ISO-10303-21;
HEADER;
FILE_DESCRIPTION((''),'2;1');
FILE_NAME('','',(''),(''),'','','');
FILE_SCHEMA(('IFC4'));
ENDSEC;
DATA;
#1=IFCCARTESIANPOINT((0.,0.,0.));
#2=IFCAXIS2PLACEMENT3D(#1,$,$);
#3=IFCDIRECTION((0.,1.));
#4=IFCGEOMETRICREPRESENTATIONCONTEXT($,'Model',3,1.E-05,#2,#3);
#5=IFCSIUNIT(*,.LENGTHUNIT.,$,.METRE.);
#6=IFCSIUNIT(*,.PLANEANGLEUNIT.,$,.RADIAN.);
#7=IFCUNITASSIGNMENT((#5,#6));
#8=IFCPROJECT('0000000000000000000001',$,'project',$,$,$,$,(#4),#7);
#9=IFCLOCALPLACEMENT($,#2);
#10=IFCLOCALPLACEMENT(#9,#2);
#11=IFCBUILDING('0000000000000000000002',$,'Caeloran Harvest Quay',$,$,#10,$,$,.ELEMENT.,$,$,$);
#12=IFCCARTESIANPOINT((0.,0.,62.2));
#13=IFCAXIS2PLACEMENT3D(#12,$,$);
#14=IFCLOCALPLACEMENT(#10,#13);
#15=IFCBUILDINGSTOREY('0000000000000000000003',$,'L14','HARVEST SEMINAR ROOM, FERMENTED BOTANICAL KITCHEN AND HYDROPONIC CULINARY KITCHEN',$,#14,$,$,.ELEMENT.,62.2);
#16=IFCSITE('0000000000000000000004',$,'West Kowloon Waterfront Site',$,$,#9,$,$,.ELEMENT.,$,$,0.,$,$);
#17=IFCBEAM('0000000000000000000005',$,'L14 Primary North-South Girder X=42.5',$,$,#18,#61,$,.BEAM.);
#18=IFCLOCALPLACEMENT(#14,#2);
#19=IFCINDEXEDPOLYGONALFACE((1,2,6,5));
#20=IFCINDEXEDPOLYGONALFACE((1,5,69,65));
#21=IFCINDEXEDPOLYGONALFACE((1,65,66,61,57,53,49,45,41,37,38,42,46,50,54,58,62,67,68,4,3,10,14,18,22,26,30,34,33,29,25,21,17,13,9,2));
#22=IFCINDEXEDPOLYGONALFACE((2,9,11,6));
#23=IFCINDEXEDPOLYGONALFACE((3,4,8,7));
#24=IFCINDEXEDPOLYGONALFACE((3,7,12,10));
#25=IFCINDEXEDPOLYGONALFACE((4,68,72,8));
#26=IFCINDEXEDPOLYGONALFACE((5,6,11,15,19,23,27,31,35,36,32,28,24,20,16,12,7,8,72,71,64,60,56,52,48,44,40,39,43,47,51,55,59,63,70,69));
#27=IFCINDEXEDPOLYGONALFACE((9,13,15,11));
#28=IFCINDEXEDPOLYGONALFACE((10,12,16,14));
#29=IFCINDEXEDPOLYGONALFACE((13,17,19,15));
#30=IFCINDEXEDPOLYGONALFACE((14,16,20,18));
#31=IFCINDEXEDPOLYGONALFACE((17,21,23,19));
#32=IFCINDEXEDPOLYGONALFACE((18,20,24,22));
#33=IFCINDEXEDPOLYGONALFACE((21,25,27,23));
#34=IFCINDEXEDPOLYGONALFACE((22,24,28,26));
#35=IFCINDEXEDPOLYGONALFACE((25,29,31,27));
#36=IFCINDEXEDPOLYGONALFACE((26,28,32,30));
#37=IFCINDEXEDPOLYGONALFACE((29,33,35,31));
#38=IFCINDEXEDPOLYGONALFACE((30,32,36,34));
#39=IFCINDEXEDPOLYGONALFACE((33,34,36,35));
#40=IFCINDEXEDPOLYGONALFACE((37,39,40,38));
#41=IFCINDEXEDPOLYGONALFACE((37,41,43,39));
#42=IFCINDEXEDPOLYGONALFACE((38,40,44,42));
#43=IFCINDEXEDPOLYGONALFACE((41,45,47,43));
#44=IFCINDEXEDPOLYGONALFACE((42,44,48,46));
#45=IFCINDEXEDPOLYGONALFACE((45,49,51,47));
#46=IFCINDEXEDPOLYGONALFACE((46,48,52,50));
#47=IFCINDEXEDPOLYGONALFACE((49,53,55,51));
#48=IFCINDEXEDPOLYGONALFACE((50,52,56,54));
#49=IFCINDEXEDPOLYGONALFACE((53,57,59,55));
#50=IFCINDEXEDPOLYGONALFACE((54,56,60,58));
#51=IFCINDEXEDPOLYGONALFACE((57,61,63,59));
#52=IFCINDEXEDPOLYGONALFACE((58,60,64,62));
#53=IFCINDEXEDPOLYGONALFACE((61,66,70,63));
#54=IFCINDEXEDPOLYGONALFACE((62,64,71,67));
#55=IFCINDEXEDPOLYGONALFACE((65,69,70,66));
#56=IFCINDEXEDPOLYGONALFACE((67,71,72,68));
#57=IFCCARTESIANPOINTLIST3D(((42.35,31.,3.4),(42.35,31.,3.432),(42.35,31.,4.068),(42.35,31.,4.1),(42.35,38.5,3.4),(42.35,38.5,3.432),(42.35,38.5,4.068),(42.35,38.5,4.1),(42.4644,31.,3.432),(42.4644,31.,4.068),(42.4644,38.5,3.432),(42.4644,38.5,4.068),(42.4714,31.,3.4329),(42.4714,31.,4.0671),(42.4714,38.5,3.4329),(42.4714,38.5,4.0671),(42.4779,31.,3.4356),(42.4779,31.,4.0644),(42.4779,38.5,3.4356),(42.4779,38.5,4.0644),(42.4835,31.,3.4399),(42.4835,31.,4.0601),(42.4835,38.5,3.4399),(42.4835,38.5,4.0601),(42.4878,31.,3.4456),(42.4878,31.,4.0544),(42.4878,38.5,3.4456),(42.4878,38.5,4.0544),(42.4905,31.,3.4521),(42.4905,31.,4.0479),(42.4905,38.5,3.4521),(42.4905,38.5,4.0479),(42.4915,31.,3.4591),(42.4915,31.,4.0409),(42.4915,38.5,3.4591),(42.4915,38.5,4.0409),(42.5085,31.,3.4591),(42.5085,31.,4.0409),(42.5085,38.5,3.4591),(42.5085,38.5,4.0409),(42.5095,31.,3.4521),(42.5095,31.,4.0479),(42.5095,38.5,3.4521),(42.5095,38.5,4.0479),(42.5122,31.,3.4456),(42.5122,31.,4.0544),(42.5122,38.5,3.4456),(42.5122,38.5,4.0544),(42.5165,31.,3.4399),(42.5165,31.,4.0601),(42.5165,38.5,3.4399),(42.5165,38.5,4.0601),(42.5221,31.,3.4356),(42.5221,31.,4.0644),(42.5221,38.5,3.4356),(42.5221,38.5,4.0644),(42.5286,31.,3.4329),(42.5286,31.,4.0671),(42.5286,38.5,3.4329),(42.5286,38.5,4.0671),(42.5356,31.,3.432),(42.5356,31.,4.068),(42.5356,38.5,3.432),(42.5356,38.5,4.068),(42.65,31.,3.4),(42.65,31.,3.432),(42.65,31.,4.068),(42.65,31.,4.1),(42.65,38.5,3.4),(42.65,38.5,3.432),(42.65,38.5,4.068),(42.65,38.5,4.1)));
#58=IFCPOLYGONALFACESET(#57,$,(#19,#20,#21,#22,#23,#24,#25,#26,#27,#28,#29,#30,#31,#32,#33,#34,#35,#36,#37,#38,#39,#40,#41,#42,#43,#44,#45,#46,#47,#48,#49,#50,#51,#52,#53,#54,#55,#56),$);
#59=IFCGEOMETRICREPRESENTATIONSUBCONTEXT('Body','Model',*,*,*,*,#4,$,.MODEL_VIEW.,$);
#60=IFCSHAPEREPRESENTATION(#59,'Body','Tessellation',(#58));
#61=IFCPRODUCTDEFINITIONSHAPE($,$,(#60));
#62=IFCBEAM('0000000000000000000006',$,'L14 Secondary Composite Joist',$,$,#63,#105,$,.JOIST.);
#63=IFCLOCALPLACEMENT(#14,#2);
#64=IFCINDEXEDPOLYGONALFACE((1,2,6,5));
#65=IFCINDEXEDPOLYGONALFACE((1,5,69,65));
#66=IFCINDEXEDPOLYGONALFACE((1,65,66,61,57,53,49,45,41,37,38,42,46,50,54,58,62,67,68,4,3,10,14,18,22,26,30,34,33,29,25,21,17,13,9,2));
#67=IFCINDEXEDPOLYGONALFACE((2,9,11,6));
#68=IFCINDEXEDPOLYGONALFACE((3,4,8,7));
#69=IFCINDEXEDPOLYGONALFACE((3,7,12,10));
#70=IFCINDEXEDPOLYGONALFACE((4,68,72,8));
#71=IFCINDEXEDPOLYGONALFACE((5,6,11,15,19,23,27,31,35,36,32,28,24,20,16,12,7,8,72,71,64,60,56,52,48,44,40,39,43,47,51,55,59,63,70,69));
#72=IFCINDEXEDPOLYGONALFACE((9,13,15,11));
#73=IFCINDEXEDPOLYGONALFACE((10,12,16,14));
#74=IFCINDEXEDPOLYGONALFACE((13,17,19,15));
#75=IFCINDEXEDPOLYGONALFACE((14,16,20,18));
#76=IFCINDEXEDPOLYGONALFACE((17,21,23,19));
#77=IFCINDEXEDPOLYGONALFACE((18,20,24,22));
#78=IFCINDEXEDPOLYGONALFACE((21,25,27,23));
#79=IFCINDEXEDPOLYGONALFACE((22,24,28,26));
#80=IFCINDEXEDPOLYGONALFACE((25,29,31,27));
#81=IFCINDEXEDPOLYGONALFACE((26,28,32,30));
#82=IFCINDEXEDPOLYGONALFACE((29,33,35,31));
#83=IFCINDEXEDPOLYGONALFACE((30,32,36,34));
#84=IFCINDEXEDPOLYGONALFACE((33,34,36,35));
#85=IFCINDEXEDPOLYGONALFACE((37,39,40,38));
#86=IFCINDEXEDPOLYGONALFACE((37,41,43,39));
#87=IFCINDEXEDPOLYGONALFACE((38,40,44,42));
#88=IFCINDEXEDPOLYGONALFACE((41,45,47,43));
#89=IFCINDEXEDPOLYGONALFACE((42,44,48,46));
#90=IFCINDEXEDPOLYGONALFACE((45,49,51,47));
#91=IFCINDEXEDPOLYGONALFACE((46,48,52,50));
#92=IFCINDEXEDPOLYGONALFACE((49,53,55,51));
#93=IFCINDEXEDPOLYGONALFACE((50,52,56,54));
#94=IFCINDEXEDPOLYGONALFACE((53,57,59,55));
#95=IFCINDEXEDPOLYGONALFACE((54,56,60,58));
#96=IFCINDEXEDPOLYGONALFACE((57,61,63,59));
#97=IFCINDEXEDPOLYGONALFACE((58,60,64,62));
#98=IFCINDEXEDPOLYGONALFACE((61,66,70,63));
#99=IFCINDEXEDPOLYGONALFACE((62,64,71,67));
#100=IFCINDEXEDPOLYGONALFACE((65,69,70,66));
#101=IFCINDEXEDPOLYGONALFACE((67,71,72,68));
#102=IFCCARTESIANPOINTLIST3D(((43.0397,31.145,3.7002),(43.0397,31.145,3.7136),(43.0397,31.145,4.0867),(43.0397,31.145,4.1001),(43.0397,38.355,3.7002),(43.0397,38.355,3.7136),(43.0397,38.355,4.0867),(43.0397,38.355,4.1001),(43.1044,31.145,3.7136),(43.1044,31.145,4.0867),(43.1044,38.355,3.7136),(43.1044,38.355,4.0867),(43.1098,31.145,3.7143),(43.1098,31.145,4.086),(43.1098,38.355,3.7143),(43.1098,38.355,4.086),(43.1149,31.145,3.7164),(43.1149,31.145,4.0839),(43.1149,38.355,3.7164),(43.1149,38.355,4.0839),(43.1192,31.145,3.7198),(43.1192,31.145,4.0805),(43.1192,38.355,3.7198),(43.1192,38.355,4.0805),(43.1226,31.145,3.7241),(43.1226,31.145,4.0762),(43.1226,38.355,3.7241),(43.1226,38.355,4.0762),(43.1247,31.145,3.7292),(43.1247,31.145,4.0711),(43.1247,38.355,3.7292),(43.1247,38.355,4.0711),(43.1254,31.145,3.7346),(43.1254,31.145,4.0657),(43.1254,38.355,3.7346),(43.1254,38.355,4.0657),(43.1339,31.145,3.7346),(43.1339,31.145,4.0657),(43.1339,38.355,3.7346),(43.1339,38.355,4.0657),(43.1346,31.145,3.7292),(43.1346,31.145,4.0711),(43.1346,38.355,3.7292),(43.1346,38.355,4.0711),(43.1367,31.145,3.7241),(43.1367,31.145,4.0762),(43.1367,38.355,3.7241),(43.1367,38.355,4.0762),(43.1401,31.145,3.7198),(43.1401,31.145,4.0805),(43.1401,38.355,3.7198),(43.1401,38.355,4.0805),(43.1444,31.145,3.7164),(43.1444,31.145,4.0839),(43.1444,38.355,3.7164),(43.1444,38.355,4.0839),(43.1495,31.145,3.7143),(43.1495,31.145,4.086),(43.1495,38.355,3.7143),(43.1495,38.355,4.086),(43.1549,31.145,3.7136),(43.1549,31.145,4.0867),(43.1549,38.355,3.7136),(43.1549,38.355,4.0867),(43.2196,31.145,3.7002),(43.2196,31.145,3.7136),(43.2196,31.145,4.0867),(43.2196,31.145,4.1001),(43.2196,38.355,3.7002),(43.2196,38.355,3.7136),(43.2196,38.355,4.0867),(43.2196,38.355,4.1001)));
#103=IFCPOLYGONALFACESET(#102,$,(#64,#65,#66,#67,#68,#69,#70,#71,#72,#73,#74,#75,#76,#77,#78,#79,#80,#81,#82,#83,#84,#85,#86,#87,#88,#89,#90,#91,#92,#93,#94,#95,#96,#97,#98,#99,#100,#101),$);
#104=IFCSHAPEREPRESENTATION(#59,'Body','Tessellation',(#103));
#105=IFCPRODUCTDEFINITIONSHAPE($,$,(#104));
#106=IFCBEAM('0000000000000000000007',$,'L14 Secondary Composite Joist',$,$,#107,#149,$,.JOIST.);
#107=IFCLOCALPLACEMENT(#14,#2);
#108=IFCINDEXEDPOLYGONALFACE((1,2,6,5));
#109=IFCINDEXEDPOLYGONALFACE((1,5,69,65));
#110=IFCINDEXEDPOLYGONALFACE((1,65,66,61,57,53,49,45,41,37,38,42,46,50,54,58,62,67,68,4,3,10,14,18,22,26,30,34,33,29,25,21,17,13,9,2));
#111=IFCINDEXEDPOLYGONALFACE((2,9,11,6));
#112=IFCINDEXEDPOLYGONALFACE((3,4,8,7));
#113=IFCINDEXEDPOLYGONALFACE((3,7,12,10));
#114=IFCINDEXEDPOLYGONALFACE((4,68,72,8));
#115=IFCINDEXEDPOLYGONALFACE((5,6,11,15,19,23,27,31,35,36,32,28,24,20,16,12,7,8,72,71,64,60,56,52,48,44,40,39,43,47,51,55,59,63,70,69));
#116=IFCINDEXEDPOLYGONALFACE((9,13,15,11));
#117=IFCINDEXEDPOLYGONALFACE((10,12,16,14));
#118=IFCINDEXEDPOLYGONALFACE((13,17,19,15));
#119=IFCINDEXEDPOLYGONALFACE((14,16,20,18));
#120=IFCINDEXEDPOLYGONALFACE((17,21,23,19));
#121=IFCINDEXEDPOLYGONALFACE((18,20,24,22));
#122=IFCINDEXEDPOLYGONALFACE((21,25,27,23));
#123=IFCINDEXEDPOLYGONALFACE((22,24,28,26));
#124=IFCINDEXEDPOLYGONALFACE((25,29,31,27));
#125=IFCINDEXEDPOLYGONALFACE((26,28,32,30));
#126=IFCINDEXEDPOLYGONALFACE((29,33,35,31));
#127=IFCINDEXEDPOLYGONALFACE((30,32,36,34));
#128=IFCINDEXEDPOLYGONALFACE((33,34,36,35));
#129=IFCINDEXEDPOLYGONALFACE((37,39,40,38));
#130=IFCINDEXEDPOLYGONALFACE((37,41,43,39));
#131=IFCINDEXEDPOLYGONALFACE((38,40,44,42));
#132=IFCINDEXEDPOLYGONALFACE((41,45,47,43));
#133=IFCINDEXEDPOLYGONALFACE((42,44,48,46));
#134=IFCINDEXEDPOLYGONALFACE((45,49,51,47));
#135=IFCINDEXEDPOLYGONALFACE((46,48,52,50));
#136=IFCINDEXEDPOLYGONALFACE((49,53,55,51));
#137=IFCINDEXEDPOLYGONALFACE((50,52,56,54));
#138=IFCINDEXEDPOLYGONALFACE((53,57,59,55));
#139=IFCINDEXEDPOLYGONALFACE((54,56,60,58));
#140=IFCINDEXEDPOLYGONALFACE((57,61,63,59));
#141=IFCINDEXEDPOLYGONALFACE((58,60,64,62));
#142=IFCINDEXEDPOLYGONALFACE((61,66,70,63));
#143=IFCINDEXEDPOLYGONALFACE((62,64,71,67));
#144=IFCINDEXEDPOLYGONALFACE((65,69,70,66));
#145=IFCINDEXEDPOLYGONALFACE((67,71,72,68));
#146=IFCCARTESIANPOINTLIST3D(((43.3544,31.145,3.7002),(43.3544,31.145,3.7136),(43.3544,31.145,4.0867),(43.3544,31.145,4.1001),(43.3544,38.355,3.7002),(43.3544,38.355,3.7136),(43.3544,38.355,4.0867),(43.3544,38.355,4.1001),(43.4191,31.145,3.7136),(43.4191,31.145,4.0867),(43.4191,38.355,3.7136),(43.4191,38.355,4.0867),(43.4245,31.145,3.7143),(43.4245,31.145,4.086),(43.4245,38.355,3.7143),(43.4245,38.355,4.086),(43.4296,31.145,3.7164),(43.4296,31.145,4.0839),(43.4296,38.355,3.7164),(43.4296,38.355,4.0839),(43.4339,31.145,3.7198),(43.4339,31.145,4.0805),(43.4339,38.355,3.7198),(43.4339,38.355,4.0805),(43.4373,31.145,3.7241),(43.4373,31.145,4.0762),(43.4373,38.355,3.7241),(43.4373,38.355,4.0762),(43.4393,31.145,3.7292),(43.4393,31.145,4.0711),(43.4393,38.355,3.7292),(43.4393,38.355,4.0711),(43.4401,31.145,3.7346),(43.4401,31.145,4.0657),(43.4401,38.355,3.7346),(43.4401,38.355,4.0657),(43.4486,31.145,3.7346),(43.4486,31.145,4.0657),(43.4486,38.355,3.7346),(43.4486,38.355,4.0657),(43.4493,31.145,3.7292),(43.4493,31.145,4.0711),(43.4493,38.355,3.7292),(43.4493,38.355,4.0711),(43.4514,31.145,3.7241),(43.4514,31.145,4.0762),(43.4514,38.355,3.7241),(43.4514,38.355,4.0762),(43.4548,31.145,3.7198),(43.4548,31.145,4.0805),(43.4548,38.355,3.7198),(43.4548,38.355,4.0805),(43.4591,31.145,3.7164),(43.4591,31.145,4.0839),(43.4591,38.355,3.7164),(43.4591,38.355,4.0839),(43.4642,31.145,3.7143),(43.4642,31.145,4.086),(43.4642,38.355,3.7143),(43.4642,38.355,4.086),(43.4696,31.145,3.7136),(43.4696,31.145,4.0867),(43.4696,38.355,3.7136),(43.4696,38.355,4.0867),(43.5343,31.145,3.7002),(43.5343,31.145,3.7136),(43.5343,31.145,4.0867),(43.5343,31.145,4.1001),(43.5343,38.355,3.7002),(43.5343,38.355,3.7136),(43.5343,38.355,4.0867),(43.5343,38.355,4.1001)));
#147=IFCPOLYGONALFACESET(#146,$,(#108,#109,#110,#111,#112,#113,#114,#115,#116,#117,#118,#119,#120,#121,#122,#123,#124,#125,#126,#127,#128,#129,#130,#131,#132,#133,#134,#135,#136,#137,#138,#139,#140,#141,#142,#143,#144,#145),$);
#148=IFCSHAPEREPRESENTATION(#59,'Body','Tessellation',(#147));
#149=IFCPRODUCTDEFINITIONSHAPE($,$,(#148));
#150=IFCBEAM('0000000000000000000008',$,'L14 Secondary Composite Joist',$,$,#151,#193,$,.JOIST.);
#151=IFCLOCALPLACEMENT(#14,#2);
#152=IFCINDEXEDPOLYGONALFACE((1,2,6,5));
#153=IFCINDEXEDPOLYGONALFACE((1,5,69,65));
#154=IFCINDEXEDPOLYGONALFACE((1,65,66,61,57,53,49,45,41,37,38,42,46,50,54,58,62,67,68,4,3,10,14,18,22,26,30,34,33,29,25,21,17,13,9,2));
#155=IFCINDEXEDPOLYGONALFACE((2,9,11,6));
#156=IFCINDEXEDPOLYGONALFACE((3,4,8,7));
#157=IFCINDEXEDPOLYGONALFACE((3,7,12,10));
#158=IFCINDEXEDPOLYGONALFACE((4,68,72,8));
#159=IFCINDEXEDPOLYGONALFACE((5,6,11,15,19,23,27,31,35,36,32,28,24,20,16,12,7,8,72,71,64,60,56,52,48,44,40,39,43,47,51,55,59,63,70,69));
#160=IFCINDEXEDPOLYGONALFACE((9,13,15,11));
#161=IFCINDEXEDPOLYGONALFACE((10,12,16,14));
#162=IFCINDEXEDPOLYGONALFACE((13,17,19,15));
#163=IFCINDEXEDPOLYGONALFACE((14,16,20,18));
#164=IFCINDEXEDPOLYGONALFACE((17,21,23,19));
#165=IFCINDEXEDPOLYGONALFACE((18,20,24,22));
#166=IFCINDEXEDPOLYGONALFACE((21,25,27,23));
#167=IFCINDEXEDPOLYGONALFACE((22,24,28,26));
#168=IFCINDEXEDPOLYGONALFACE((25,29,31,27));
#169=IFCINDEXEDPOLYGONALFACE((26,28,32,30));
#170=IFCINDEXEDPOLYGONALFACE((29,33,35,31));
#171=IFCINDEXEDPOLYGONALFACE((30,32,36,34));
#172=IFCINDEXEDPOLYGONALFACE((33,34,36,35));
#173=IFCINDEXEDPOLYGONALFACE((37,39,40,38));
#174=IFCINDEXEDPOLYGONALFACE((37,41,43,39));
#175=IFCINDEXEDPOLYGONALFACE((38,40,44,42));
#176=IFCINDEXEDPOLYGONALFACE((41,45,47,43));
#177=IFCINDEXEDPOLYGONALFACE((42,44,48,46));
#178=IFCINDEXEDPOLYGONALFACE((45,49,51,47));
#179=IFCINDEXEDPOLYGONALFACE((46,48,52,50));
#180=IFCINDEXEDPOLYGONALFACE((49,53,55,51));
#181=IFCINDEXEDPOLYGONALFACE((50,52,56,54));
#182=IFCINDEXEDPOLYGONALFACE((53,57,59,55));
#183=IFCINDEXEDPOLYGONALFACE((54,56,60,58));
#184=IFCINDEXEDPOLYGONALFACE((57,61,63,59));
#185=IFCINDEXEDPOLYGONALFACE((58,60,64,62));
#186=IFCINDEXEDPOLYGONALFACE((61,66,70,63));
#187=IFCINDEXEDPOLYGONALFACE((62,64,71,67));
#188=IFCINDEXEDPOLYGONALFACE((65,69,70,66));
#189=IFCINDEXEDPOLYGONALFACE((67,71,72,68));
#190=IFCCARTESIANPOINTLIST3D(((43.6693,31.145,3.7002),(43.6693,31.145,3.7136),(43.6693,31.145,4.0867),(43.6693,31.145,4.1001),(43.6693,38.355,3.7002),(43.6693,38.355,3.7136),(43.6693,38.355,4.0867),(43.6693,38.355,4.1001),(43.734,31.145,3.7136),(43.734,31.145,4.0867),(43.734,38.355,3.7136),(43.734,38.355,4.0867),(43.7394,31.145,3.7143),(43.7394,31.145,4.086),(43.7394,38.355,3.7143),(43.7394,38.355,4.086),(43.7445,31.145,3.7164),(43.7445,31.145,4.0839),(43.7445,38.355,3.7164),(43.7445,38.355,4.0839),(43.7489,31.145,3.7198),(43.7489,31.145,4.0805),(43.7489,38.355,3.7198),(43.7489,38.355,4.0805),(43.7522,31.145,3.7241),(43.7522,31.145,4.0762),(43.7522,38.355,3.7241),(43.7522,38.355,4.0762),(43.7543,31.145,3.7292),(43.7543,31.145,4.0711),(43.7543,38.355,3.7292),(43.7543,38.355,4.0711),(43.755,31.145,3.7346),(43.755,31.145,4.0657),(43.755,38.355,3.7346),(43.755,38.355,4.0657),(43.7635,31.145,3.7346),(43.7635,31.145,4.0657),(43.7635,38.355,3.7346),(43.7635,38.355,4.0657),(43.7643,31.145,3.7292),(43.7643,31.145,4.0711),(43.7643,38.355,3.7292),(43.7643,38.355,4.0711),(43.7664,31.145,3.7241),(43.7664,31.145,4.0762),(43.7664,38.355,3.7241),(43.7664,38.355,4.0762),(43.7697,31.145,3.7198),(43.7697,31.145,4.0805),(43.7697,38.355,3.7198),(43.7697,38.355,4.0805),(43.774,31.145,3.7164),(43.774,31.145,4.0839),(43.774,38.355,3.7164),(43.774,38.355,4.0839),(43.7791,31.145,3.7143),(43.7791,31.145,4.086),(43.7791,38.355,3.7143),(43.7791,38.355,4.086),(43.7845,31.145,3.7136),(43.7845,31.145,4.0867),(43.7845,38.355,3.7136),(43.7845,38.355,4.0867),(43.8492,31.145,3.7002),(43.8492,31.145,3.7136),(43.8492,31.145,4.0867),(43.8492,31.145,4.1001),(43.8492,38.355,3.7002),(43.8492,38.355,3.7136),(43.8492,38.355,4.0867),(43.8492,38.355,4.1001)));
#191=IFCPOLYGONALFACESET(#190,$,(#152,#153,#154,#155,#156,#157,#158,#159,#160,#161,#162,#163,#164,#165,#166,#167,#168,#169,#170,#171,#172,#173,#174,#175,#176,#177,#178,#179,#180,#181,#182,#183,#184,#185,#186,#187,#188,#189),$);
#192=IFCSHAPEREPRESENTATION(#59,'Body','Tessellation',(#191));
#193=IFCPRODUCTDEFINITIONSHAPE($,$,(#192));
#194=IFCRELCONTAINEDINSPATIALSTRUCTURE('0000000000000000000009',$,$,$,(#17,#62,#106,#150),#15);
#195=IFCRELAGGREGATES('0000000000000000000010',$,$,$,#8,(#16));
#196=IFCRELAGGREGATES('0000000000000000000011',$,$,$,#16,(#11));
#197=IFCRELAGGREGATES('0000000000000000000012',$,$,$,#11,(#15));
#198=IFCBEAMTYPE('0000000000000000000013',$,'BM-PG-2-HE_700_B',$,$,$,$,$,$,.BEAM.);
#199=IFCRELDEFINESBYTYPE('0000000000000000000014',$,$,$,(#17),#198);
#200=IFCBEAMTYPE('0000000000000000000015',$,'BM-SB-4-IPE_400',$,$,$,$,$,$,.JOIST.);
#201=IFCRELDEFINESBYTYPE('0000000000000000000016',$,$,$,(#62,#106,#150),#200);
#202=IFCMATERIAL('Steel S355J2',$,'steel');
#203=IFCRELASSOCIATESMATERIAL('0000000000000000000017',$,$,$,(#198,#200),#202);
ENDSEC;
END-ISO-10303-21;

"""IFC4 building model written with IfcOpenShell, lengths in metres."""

from ifc_helpers import new_model, si_unit, direction, frame, origin, origin_2d, place, context, subcontext, project, spatial, i_section, extrude, material, material_profile, profile_set, type_object, element, save


model = new_model("IFC4")

# Units and contexts
model_context = context("Model", 3, precision=1e-05, world=origin(), true_north=direction((0.0, 1.0)))
body_context = subcontext(model_context, "Body", "Model", "MODEL_VIEW")
ifc_project = project(units=[si_unit("LENGTHUNIT", "METRE"), si_unit("PLANEANGLEUNIT", "RADIAN")], contexts=[model_context])

# Site, building, storey
site_placement = place(None, origin())
site = spatial("IfcSite", under=ifc_project, at=site_placement, Name="West Kowloon Waterfront Site", CompositionType="ELEMENT", RefElevation=0.0)
building_placement = place(site_placement, origin())
building = spatial("IfcBuilding", under=site, at=building_placement, Name="Caeloran Harvest Quay", CompositionType="ELEMENT")
storey_placement = place(building_placement, frame((0.0, 0.0, 62.2)))
storey = spatial("IfcBuildingStorey", under=building, at=storey_placement, Name="L14", Description="HARVEST SEMINAR ROOM, FERMENTED BOTANICAL KITCHEN AND HYDROPONIC CULINARY KITCHEN", CompositionType="ELEMENT", Elevation=62.2)

# Beams
ifc_material_1 = material(Name="Steel S355J2", Category="steel")
ifc_material_profile_1 = material_profile(ifc_material_1, i_section(OverallWidth=0.3, OverallDepth=0.7, WebThickness=0.0171, FlangeThickness=0.032, FilletRadius=0.0271, at=origin_2d()), Name="HE 700 B")
ifc_profile_set_1 = profile_set([ifc_material_profile_1], Name="Steel S355J2")
beam_type_1 = type_object("IfcBeamType", Name="BM-PG-2-HE_700_B", PredefinedType="BEAM", material=ifc_profile_set_1)
beam_placement = place(storey_placement, frame((42.5, 31.0, 3.75), z_axis=(0.0, 1.0, 0.0), x_axis=(-1.0, 0.0, 0.0)))
element("IfcBeam", 1, at=beam_placement, inside=storey, type_object=beam_type_1, Name="L14 Primary North-South Girder X=42.5", PredefinedType="BEAM", context=body_context, shape_type="SweptSolid", body=[
    extrude(i_section(OverallWidth=0.3, OverallDepth=0.7, WebThickness=0.0171, FlangeThickness=0.032, FilletRadius=0.0271, at=origin_2d()), origin(), (0.0, 0.0, 1.0), 7.5),
])
ifc_material_profile_2 = material_profile(ifc_material_1, i_section(OverallWidth=0.1799, OverallDepth=0.3999, WebThickness=0.0085, FlangeThickness=0.0134, FilletRadius=0.021, at=origin_2d()), Name="IPE 400")
ifc_profile_set_2 = profile_set([ifc_material_profile_2], Name="Steel S355J2")
beam_type_2 = type_object("IfcBeamType", Name="BM-SB-4-IPE_400", PredefinedType="JOIST", material=ifc_profile_set_2)
for number, where, z_axis, x_axis, name in (
    (2, (43.1296, 31.145, 3.9001), (0.0, 1.0, 0.0), (-1.0, 0.0, 0.0), "L14 Secondary Composite Joist"),
    (3, (43.4443, 31.145, 3.9001), (0.0, 1.0, 0.0), (-1.0, 0.0, 0.0), "L14 Secondary Composite Joist"),
    (4, (43.7593, 31.145, 3.9001), (0.0, 1.0, 0.0), (-1.0, 0.0, 0.0), "L14 Secondary Composite Joist"),
):
    element("IfcBeam", number, at=place(storey_placement, frame(where, z_axis=z_axis, x_axis=x_axis)), inside=storey, type_object=beam_type_2, Name=name, PredefinedType="JOIST", context=body_context, shape_type="SweptSolid", body=[
        extrude(i_section(OverallWidth=0.1799, OverallDepth=0.3999, WebThickness=0.0085, FlangeThickness=0.0134, FilletRadius=0.021, at=origin_2d()), origin(), (0.0, 0.0, 1.0), 7.21),
    ])

save(model, "model.ifc")
